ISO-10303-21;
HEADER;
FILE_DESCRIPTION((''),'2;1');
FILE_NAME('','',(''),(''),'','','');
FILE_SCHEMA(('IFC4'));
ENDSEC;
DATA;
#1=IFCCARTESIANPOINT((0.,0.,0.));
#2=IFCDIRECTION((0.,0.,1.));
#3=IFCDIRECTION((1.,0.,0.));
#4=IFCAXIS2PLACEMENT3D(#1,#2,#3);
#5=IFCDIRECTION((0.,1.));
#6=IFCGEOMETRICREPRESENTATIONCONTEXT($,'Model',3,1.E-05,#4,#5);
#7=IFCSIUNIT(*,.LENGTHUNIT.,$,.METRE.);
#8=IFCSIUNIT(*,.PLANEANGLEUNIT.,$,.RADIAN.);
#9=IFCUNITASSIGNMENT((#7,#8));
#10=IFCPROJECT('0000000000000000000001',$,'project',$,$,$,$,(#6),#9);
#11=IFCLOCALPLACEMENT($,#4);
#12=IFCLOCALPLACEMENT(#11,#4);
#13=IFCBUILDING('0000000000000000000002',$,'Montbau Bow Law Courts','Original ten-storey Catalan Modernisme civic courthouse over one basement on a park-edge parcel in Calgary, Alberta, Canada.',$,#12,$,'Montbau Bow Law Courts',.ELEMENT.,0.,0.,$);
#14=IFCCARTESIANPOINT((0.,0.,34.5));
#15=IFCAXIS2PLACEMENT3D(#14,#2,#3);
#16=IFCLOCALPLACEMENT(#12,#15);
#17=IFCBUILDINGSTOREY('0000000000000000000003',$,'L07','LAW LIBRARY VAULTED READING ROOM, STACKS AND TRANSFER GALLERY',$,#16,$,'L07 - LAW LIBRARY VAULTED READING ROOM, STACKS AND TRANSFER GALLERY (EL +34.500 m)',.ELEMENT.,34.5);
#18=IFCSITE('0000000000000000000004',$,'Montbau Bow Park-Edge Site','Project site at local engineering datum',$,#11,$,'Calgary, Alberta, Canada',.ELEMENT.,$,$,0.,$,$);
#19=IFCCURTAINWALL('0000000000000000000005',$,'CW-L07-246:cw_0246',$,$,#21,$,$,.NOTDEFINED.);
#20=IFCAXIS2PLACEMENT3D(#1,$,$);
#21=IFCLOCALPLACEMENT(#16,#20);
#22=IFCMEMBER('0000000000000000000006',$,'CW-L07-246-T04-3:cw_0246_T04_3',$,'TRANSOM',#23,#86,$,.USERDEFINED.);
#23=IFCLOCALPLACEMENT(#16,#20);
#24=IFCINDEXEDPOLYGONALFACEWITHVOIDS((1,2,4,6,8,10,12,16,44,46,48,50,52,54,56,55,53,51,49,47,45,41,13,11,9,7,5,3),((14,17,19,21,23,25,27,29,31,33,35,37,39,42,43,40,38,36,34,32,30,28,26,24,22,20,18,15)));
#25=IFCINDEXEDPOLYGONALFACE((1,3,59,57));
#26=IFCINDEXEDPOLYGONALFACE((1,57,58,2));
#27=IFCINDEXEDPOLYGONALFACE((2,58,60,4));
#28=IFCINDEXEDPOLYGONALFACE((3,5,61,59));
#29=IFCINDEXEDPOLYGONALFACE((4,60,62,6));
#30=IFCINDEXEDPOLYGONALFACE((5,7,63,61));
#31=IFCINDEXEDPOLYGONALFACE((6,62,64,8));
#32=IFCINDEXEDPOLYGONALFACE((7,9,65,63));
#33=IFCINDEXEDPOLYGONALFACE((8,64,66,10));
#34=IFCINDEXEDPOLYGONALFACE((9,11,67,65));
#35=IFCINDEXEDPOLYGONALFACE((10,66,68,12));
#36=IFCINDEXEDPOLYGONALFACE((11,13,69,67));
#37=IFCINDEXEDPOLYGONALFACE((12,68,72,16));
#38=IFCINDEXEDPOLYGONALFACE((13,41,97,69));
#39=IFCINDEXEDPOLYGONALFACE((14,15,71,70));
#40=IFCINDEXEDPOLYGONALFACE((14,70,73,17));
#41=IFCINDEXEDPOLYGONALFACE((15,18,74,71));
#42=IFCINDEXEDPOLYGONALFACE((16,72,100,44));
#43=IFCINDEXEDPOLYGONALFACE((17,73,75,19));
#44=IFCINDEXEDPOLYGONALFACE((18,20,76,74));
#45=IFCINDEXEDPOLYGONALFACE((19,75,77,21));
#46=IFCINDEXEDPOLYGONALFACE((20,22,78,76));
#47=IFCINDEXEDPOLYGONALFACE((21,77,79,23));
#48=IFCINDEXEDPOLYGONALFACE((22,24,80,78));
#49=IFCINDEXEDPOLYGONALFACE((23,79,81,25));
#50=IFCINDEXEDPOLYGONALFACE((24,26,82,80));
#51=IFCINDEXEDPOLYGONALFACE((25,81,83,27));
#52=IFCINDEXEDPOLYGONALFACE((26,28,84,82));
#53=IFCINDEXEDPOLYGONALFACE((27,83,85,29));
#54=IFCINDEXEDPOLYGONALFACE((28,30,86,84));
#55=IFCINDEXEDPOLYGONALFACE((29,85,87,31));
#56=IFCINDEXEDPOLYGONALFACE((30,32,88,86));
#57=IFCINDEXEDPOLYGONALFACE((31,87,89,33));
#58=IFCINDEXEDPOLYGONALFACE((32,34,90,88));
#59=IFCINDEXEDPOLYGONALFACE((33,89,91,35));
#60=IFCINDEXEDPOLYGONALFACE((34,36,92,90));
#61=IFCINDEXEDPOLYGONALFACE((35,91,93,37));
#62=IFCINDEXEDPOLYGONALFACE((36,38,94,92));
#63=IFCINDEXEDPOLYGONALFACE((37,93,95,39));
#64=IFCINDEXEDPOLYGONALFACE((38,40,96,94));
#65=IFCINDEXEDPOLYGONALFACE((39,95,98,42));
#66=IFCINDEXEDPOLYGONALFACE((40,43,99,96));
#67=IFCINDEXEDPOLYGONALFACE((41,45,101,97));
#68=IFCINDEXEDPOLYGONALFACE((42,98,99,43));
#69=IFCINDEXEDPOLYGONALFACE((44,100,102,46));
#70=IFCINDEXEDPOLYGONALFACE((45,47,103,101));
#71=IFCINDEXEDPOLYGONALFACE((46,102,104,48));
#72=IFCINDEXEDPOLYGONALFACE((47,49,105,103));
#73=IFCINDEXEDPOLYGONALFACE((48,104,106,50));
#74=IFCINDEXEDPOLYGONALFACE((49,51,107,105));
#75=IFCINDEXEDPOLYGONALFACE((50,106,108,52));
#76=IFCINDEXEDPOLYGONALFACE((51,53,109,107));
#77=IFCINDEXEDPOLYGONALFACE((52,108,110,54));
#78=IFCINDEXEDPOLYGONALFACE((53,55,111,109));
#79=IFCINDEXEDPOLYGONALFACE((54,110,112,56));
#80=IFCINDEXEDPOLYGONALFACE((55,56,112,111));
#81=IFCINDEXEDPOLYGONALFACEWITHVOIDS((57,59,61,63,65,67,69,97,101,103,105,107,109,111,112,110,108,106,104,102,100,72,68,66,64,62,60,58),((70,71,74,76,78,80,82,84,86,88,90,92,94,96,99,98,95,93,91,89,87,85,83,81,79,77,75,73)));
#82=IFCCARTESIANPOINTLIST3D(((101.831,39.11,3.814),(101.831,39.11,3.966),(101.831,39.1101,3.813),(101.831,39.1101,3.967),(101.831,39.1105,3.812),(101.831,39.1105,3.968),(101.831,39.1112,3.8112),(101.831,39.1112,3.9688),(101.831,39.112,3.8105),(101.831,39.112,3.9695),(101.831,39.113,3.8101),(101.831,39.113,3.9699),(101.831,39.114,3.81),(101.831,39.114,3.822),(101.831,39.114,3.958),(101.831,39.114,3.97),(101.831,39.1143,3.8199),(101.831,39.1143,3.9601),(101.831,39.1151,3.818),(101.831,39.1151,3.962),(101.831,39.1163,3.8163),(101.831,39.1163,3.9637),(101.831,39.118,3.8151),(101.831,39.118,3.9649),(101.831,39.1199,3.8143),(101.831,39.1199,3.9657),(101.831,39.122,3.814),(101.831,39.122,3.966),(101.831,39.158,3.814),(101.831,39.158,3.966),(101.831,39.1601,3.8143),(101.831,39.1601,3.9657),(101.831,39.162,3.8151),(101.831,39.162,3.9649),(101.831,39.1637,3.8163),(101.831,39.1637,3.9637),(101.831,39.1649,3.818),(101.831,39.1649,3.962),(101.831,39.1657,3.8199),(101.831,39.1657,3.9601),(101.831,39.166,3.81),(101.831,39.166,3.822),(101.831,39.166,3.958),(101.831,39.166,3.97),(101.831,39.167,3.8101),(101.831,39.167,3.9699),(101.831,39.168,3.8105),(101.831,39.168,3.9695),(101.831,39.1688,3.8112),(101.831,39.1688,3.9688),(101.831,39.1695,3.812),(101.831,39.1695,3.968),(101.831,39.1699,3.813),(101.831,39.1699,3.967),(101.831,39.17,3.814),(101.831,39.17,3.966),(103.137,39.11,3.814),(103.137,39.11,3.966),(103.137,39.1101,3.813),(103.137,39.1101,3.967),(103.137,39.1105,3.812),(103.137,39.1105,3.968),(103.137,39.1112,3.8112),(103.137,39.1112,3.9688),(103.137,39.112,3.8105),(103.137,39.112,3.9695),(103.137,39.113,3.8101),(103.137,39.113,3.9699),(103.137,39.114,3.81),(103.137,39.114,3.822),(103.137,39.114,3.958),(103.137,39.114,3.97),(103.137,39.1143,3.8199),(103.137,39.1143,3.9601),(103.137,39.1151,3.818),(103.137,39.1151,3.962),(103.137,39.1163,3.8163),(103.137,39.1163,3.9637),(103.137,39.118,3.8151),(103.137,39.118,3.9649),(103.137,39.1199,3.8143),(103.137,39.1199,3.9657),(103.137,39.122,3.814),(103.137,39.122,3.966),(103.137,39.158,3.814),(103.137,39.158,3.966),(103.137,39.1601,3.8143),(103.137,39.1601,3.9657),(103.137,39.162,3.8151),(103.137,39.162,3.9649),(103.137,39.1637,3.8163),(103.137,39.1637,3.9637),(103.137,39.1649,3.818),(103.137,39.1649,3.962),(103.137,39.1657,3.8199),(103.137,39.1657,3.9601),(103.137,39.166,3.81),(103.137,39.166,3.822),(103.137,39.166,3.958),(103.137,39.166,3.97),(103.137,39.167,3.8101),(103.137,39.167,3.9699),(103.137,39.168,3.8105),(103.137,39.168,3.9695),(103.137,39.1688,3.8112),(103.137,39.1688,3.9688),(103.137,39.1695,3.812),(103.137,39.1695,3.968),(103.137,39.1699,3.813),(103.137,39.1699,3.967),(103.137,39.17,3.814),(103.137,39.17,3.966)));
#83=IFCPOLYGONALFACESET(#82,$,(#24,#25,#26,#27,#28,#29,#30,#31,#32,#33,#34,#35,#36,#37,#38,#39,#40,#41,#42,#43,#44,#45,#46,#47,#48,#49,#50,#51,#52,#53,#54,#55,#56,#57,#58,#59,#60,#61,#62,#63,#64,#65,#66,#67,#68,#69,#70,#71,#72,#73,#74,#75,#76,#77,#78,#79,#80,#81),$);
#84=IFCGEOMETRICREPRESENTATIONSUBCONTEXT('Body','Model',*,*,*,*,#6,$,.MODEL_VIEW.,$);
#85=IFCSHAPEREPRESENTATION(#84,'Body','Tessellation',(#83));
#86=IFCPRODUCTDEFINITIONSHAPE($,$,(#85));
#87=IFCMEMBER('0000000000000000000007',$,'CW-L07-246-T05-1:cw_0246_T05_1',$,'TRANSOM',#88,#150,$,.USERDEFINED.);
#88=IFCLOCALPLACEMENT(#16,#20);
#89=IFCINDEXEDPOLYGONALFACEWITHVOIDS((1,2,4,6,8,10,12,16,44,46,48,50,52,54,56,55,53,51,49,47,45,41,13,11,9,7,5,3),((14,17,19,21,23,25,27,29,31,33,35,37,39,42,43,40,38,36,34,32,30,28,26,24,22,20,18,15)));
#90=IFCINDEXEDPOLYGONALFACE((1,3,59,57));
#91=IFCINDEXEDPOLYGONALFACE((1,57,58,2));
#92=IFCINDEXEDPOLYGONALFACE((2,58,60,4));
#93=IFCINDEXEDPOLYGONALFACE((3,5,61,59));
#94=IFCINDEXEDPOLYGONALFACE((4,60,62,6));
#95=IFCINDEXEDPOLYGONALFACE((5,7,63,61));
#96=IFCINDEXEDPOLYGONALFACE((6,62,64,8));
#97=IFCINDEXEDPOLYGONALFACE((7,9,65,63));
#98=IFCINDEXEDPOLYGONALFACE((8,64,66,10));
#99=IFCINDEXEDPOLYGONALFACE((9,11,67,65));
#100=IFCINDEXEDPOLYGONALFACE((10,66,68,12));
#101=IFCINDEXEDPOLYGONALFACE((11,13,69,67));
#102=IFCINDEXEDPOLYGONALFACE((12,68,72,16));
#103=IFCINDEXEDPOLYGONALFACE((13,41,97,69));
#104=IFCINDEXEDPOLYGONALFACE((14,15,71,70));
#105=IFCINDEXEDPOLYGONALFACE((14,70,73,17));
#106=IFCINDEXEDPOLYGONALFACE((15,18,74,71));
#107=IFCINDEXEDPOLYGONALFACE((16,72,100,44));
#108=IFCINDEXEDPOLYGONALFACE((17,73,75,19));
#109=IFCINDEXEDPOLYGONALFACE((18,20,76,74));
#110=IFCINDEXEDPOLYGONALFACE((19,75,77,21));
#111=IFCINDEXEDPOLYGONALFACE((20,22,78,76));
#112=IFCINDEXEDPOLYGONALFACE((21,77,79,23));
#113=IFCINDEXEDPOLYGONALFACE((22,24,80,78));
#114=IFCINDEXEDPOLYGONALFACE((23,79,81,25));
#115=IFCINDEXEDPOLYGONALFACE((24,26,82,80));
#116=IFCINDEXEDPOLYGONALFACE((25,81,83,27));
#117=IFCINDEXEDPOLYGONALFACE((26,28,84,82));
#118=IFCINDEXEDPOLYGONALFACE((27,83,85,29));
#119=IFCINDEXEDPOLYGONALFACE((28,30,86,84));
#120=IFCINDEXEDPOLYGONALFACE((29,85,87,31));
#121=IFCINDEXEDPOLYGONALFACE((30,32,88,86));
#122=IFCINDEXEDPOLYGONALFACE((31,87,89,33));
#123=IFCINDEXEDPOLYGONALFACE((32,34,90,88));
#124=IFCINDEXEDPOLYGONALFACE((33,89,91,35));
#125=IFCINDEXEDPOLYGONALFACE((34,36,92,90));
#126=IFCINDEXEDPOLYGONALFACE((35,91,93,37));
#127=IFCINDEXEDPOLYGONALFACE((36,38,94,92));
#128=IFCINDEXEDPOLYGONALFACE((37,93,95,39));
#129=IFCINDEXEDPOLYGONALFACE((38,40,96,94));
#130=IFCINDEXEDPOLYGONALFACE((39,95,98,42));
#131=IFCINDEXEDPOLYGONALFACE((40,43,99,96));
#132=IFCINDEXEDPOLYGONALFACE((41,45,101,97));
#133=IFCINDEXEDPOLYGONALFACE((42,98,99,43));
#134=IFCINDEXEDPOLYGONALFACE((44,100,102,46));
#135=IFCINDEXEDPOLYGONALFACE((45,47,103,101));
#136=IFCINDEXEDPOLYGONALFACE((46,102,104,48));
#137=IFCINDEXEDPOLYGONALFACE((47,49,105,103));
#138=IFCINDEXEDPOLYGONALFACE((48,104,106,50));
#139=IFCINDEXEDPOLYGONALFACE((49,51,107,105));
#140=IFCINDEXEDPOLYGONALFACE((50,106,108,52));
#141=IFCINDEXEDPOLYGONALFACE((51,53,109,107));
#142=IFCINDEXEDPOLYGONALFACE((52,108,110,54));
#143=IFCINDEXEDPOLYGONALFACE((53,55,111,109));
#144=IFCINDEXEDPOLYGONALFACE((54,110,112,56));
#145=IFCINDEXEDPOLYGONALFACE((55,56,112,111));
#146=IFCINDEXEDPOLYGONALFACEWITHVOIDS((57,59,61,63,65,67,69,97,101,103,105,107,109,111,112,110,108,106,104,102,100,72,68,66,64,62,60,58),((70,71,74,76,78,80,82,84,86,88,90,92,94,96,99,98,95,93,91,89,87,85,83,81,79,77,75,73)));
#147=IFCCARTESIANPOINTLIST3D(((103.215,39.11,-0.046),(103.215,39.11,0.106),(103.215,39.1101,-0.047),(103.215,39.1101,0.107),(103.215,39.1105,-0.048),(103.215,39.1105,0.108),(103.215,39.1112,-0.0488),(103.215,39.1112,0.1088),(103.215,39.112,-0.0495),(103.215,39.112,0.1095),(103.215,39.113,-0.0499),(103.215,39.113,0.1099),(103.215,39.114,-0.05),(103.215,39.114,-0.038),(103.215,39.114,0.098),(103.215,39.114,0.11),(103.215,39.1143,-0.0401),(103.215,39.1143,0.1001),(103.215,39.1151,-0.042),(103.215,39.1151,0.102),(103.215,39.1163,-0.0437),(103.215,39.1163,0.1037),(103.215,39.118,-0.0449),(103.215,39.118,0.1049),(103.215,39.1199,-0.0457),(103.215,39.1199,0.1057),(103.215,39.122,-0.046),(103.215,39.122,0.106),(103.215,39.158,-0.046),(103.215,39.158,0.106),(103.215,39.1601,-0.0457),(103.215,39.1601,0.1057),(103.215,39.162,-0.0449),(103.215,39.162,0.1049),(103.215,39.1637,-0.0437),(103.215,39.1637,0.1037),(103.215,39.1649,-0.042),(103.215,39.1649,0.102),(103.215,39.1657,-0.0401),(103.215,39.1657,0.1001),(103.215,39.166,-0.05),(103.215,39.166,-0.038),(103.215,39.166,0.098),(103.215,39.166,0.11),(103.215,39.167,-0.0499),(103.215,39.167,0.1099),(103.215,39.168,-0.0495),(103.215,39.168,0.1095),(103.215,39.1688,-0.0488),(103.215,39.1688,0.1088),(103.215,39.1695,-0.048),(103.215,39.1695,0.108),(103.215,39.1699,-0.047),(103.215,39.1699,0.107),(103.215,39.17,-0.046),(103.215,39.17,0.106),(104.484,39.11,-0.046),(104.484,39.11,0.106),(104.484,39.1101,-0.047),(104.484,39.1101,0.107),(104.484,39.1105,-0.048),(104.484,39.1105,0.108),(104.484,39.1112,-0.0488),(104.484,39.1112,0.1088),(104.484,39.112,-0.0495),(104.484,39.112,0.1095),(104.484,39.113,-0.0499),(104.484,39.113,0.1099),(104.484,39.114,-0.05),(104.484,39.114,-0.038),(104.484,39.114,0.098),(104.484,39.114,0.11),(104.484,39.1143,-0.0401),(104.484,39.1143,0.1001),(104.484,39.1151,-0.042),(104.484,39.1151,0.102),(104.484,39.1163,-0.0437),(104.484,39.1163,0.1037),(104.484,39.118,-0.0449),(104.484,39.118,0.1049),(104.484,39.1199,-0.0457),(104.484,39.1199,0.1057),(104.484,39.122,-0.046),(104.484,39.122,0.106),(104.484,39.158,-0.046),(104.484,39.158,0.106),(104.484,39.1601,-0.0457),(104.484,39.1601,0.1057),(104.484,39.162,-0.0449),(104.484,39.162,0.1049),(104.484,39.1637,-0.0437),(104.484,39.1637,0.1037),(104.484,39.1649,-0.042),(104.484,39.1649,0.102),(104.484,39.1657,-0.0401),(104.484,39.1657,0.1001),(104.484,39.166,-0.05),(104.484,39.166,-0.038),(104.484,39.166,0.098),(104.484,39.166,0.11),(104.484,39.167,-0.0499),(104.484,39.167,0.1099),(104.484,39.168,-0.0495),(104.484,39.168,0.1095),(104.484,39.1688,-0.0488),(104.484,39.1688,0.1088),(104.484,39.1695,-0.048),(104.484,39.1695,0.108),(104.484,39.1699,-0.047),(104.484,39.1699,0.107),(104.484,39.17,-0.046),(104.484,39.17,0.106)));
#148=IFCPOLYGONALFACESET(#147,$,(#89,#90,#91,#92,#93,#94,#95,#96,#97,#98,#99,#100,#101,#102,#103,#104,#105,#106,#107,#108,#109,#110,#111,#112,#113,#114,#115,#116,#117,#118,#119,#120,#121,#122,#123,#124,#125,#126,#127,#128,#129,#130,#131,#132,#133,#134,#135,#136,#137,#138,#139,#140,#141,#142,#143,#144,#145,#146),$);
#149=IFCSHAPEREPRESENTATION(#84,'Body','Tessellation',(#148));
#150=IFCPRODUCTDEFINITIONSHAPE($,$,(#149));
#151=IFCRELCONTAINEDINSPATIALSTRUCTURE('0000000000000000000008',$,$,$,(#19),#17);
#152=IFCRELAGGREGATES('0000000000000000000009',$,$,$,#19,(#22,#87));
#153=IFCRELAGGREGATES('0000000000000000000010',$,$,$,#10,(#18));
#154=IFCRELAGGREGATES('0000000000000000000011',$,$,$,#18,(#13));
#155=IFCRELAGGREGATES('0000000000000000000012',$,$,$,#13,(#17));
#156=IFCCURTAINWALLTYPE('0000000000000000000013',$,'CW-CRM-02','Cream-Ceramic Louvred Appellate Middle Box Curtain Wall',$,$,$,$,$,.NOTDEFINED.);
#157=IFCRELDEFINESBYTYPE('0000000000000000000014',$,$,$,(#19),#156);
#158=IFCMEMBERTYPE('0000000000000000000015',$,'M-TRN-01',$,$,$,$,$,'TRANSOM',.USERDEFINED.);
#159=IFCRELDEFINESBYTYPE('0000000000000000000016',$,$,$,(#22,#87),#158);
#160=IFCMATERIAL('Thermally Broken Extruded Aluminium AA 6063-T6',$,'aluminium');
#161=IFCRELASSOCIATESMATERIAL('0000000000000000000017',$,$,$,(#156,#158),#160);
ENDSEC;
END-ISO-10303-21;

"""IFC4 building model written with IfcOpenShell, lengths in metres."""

from ifc_helpers import new_model, si_unit, direction, frame, origin_with_axes, origin_2d_with_axis, place, context, subcontext, project, spatial, hollow_rectangle, extrude, material, material_profile, profile_set, type_object, element, aggregate, save


model = new_model("IFC4")

# Units and contexts
model_context = context("Model", 3, precision=1e-05, world=origin_with_axes(), true_north=direction((0.0, 1.0)))
body_context = subcontext(model_context, "Body", "Model", "MODEL_VIEW")
ifc_project = project(units=[si_unit("LENGTHUNIT", "METRE"), si_unit("PLANEANGLEUNIT", "RADIAN")], contexts=[model_context])

# Site, building, storey
site_placement = place(None, origin_with_axes())
site = spatial("IfcSite", under=ifc_project, at=site_placement, Name="Montbau Bow Park-Edge Site", Description="Project site at local engineering datum", LongName="Calgary, Alberta, Canada", CompositionType="ELEMENT", RefElevation=0.0)
building_placement = place(site_placement, origin_with_axes())
building = spatial("IfcBuilding", under=site, at=building_placement, Name="Montbau Bow Law Courts", Description="Original ten-storey Catalan Modernisme civic courthouse over one basement on a park-edge parcel in Calgary, Alberta, Canada.", LongName="Montbau Bow Law Courts", CompositionType="ELEMENT", ElevationOfRefHeight=0.0, ElevationOfTerrain=0.0)
storey_placement = place(building_placement, frame((0.0, 0.0, 34.5), z_axis=(0.0, 0.0, 1.0), x_axis=(1.0, 0.0, 0.0)))
storey = spatial("IfcBuildingStorey", under=building, at=storey_placement, Name="L07", Description="LAW LIBRARY VAULTED READING ROOM, STACKS AND TRANSFER GALLERY", LongName="L07 - LAW LIBRARY VAULTED READING ROOM, STACKS AND TRANSFER GALLERY (EL +34.500 m)", CompositionType="ELEMENT", Elevation=34.5)

# Curtain wall
ifc_material_1 = material(Name="Thermally Broken Extruded Aluminium AA 6063-T6", Category="aluminium")
curtain_wall_type = type_object("IfcCurtainWallType", Name="CW-CRM-02", Description="Cream-Ceramic Louvred Appellate Middle Box Curtain Wall", PredefinedType="NOTDEFINED", material=ifc_material_1)
curtain_wall_1_placement = place(None, frame((97.64, 39.14, 34.5), z_axis=(0.0, 0.0, 1.0), x_axis=(1.0, 0.0, 0.0)))
curtain_wall_1 = element("IfcCurtainWall", 1, at=curtain_wall_1_placement, inside=storey, type_object=curtain_wall_type, Name="CW-L07-246:cw_0246", PredefinedType="NOTDEFINED")

# Members
ifc_material_profile_1 = material_profile(ifc_material_1, hollow_rectangle(XDim=0.06, YDim=0.16, WallThickness=0.004, InnerFilletRadius=0.008, OuterFilletRadius=0.004, at=origin_2d_with_axis()), Name="CWT-160X60", Category="Main", Priority=0)
ifc_profile_set_1 = profile_set([ifc_material_profile_1], Name="Thermally Broken Extruded Aluminium AA 6063-T6")
member_type_1 = type_object("IfcMemberType", Name="M-TRN-01", ElementType="TRANSOM", PredefinedType="USERDEFINED", material=ifc_profile_set_1)
member_1_placement = place(None, frame((101.831, 39.14, 38.39), z_axis=(1.0, 0.0, 0.0), x_axis=(0.0, 1.0, 0.0)))
member_1 = element("IfcMember", 2, at=member_1_placement, type_object=member_type_1, Name="CW-L07-246-T04-3:cw_0246_T04_3", ObjectType="TRANSOM", PredefinedType="USERDEFINED", context=body_context, shape_type="SweptSolid", body=[
    extrude(hollow_rectangle(XDim=0.06, YDim=0.16, WallThickness=0.004, InnerFilletRadius=0.008, OuterFilletRadius=0.004, at=origin_2d_with_axis()), origin_with_axes(), (0.0, 0.0, 1.0), 1.306),
])
member_2_placement = place(None, frame((103.215, 39.14, 34.53), z_axis=(1.0, 0.0, 0.0), x_axis=(0.0, 1.0, 0.0)))
member_2 = element("IfcMember", 3, at=member_2_placement, type_object=member_type_1, Name="CW-L07-246-T05-1:cw_0246_T05_1", ObjectType="TRANSOM", PredefinedType="USERDEFINED", context=body_context, shape_type="SweptSolid", body=[
    extrude(hollow_rectangle(XDim=0.06, YDim=0.16, WallThickness=0.004, InnerFilletRadius=0.008, OuterFilletRadius=0.004, at=origin_2d_with_axis()), origin_with_axes(), (0.0, 0.0, 1.0), 1.269),
])

aggregate(curtain_wall_1, [member_1, member_2])

save(model, "model.ifc")
